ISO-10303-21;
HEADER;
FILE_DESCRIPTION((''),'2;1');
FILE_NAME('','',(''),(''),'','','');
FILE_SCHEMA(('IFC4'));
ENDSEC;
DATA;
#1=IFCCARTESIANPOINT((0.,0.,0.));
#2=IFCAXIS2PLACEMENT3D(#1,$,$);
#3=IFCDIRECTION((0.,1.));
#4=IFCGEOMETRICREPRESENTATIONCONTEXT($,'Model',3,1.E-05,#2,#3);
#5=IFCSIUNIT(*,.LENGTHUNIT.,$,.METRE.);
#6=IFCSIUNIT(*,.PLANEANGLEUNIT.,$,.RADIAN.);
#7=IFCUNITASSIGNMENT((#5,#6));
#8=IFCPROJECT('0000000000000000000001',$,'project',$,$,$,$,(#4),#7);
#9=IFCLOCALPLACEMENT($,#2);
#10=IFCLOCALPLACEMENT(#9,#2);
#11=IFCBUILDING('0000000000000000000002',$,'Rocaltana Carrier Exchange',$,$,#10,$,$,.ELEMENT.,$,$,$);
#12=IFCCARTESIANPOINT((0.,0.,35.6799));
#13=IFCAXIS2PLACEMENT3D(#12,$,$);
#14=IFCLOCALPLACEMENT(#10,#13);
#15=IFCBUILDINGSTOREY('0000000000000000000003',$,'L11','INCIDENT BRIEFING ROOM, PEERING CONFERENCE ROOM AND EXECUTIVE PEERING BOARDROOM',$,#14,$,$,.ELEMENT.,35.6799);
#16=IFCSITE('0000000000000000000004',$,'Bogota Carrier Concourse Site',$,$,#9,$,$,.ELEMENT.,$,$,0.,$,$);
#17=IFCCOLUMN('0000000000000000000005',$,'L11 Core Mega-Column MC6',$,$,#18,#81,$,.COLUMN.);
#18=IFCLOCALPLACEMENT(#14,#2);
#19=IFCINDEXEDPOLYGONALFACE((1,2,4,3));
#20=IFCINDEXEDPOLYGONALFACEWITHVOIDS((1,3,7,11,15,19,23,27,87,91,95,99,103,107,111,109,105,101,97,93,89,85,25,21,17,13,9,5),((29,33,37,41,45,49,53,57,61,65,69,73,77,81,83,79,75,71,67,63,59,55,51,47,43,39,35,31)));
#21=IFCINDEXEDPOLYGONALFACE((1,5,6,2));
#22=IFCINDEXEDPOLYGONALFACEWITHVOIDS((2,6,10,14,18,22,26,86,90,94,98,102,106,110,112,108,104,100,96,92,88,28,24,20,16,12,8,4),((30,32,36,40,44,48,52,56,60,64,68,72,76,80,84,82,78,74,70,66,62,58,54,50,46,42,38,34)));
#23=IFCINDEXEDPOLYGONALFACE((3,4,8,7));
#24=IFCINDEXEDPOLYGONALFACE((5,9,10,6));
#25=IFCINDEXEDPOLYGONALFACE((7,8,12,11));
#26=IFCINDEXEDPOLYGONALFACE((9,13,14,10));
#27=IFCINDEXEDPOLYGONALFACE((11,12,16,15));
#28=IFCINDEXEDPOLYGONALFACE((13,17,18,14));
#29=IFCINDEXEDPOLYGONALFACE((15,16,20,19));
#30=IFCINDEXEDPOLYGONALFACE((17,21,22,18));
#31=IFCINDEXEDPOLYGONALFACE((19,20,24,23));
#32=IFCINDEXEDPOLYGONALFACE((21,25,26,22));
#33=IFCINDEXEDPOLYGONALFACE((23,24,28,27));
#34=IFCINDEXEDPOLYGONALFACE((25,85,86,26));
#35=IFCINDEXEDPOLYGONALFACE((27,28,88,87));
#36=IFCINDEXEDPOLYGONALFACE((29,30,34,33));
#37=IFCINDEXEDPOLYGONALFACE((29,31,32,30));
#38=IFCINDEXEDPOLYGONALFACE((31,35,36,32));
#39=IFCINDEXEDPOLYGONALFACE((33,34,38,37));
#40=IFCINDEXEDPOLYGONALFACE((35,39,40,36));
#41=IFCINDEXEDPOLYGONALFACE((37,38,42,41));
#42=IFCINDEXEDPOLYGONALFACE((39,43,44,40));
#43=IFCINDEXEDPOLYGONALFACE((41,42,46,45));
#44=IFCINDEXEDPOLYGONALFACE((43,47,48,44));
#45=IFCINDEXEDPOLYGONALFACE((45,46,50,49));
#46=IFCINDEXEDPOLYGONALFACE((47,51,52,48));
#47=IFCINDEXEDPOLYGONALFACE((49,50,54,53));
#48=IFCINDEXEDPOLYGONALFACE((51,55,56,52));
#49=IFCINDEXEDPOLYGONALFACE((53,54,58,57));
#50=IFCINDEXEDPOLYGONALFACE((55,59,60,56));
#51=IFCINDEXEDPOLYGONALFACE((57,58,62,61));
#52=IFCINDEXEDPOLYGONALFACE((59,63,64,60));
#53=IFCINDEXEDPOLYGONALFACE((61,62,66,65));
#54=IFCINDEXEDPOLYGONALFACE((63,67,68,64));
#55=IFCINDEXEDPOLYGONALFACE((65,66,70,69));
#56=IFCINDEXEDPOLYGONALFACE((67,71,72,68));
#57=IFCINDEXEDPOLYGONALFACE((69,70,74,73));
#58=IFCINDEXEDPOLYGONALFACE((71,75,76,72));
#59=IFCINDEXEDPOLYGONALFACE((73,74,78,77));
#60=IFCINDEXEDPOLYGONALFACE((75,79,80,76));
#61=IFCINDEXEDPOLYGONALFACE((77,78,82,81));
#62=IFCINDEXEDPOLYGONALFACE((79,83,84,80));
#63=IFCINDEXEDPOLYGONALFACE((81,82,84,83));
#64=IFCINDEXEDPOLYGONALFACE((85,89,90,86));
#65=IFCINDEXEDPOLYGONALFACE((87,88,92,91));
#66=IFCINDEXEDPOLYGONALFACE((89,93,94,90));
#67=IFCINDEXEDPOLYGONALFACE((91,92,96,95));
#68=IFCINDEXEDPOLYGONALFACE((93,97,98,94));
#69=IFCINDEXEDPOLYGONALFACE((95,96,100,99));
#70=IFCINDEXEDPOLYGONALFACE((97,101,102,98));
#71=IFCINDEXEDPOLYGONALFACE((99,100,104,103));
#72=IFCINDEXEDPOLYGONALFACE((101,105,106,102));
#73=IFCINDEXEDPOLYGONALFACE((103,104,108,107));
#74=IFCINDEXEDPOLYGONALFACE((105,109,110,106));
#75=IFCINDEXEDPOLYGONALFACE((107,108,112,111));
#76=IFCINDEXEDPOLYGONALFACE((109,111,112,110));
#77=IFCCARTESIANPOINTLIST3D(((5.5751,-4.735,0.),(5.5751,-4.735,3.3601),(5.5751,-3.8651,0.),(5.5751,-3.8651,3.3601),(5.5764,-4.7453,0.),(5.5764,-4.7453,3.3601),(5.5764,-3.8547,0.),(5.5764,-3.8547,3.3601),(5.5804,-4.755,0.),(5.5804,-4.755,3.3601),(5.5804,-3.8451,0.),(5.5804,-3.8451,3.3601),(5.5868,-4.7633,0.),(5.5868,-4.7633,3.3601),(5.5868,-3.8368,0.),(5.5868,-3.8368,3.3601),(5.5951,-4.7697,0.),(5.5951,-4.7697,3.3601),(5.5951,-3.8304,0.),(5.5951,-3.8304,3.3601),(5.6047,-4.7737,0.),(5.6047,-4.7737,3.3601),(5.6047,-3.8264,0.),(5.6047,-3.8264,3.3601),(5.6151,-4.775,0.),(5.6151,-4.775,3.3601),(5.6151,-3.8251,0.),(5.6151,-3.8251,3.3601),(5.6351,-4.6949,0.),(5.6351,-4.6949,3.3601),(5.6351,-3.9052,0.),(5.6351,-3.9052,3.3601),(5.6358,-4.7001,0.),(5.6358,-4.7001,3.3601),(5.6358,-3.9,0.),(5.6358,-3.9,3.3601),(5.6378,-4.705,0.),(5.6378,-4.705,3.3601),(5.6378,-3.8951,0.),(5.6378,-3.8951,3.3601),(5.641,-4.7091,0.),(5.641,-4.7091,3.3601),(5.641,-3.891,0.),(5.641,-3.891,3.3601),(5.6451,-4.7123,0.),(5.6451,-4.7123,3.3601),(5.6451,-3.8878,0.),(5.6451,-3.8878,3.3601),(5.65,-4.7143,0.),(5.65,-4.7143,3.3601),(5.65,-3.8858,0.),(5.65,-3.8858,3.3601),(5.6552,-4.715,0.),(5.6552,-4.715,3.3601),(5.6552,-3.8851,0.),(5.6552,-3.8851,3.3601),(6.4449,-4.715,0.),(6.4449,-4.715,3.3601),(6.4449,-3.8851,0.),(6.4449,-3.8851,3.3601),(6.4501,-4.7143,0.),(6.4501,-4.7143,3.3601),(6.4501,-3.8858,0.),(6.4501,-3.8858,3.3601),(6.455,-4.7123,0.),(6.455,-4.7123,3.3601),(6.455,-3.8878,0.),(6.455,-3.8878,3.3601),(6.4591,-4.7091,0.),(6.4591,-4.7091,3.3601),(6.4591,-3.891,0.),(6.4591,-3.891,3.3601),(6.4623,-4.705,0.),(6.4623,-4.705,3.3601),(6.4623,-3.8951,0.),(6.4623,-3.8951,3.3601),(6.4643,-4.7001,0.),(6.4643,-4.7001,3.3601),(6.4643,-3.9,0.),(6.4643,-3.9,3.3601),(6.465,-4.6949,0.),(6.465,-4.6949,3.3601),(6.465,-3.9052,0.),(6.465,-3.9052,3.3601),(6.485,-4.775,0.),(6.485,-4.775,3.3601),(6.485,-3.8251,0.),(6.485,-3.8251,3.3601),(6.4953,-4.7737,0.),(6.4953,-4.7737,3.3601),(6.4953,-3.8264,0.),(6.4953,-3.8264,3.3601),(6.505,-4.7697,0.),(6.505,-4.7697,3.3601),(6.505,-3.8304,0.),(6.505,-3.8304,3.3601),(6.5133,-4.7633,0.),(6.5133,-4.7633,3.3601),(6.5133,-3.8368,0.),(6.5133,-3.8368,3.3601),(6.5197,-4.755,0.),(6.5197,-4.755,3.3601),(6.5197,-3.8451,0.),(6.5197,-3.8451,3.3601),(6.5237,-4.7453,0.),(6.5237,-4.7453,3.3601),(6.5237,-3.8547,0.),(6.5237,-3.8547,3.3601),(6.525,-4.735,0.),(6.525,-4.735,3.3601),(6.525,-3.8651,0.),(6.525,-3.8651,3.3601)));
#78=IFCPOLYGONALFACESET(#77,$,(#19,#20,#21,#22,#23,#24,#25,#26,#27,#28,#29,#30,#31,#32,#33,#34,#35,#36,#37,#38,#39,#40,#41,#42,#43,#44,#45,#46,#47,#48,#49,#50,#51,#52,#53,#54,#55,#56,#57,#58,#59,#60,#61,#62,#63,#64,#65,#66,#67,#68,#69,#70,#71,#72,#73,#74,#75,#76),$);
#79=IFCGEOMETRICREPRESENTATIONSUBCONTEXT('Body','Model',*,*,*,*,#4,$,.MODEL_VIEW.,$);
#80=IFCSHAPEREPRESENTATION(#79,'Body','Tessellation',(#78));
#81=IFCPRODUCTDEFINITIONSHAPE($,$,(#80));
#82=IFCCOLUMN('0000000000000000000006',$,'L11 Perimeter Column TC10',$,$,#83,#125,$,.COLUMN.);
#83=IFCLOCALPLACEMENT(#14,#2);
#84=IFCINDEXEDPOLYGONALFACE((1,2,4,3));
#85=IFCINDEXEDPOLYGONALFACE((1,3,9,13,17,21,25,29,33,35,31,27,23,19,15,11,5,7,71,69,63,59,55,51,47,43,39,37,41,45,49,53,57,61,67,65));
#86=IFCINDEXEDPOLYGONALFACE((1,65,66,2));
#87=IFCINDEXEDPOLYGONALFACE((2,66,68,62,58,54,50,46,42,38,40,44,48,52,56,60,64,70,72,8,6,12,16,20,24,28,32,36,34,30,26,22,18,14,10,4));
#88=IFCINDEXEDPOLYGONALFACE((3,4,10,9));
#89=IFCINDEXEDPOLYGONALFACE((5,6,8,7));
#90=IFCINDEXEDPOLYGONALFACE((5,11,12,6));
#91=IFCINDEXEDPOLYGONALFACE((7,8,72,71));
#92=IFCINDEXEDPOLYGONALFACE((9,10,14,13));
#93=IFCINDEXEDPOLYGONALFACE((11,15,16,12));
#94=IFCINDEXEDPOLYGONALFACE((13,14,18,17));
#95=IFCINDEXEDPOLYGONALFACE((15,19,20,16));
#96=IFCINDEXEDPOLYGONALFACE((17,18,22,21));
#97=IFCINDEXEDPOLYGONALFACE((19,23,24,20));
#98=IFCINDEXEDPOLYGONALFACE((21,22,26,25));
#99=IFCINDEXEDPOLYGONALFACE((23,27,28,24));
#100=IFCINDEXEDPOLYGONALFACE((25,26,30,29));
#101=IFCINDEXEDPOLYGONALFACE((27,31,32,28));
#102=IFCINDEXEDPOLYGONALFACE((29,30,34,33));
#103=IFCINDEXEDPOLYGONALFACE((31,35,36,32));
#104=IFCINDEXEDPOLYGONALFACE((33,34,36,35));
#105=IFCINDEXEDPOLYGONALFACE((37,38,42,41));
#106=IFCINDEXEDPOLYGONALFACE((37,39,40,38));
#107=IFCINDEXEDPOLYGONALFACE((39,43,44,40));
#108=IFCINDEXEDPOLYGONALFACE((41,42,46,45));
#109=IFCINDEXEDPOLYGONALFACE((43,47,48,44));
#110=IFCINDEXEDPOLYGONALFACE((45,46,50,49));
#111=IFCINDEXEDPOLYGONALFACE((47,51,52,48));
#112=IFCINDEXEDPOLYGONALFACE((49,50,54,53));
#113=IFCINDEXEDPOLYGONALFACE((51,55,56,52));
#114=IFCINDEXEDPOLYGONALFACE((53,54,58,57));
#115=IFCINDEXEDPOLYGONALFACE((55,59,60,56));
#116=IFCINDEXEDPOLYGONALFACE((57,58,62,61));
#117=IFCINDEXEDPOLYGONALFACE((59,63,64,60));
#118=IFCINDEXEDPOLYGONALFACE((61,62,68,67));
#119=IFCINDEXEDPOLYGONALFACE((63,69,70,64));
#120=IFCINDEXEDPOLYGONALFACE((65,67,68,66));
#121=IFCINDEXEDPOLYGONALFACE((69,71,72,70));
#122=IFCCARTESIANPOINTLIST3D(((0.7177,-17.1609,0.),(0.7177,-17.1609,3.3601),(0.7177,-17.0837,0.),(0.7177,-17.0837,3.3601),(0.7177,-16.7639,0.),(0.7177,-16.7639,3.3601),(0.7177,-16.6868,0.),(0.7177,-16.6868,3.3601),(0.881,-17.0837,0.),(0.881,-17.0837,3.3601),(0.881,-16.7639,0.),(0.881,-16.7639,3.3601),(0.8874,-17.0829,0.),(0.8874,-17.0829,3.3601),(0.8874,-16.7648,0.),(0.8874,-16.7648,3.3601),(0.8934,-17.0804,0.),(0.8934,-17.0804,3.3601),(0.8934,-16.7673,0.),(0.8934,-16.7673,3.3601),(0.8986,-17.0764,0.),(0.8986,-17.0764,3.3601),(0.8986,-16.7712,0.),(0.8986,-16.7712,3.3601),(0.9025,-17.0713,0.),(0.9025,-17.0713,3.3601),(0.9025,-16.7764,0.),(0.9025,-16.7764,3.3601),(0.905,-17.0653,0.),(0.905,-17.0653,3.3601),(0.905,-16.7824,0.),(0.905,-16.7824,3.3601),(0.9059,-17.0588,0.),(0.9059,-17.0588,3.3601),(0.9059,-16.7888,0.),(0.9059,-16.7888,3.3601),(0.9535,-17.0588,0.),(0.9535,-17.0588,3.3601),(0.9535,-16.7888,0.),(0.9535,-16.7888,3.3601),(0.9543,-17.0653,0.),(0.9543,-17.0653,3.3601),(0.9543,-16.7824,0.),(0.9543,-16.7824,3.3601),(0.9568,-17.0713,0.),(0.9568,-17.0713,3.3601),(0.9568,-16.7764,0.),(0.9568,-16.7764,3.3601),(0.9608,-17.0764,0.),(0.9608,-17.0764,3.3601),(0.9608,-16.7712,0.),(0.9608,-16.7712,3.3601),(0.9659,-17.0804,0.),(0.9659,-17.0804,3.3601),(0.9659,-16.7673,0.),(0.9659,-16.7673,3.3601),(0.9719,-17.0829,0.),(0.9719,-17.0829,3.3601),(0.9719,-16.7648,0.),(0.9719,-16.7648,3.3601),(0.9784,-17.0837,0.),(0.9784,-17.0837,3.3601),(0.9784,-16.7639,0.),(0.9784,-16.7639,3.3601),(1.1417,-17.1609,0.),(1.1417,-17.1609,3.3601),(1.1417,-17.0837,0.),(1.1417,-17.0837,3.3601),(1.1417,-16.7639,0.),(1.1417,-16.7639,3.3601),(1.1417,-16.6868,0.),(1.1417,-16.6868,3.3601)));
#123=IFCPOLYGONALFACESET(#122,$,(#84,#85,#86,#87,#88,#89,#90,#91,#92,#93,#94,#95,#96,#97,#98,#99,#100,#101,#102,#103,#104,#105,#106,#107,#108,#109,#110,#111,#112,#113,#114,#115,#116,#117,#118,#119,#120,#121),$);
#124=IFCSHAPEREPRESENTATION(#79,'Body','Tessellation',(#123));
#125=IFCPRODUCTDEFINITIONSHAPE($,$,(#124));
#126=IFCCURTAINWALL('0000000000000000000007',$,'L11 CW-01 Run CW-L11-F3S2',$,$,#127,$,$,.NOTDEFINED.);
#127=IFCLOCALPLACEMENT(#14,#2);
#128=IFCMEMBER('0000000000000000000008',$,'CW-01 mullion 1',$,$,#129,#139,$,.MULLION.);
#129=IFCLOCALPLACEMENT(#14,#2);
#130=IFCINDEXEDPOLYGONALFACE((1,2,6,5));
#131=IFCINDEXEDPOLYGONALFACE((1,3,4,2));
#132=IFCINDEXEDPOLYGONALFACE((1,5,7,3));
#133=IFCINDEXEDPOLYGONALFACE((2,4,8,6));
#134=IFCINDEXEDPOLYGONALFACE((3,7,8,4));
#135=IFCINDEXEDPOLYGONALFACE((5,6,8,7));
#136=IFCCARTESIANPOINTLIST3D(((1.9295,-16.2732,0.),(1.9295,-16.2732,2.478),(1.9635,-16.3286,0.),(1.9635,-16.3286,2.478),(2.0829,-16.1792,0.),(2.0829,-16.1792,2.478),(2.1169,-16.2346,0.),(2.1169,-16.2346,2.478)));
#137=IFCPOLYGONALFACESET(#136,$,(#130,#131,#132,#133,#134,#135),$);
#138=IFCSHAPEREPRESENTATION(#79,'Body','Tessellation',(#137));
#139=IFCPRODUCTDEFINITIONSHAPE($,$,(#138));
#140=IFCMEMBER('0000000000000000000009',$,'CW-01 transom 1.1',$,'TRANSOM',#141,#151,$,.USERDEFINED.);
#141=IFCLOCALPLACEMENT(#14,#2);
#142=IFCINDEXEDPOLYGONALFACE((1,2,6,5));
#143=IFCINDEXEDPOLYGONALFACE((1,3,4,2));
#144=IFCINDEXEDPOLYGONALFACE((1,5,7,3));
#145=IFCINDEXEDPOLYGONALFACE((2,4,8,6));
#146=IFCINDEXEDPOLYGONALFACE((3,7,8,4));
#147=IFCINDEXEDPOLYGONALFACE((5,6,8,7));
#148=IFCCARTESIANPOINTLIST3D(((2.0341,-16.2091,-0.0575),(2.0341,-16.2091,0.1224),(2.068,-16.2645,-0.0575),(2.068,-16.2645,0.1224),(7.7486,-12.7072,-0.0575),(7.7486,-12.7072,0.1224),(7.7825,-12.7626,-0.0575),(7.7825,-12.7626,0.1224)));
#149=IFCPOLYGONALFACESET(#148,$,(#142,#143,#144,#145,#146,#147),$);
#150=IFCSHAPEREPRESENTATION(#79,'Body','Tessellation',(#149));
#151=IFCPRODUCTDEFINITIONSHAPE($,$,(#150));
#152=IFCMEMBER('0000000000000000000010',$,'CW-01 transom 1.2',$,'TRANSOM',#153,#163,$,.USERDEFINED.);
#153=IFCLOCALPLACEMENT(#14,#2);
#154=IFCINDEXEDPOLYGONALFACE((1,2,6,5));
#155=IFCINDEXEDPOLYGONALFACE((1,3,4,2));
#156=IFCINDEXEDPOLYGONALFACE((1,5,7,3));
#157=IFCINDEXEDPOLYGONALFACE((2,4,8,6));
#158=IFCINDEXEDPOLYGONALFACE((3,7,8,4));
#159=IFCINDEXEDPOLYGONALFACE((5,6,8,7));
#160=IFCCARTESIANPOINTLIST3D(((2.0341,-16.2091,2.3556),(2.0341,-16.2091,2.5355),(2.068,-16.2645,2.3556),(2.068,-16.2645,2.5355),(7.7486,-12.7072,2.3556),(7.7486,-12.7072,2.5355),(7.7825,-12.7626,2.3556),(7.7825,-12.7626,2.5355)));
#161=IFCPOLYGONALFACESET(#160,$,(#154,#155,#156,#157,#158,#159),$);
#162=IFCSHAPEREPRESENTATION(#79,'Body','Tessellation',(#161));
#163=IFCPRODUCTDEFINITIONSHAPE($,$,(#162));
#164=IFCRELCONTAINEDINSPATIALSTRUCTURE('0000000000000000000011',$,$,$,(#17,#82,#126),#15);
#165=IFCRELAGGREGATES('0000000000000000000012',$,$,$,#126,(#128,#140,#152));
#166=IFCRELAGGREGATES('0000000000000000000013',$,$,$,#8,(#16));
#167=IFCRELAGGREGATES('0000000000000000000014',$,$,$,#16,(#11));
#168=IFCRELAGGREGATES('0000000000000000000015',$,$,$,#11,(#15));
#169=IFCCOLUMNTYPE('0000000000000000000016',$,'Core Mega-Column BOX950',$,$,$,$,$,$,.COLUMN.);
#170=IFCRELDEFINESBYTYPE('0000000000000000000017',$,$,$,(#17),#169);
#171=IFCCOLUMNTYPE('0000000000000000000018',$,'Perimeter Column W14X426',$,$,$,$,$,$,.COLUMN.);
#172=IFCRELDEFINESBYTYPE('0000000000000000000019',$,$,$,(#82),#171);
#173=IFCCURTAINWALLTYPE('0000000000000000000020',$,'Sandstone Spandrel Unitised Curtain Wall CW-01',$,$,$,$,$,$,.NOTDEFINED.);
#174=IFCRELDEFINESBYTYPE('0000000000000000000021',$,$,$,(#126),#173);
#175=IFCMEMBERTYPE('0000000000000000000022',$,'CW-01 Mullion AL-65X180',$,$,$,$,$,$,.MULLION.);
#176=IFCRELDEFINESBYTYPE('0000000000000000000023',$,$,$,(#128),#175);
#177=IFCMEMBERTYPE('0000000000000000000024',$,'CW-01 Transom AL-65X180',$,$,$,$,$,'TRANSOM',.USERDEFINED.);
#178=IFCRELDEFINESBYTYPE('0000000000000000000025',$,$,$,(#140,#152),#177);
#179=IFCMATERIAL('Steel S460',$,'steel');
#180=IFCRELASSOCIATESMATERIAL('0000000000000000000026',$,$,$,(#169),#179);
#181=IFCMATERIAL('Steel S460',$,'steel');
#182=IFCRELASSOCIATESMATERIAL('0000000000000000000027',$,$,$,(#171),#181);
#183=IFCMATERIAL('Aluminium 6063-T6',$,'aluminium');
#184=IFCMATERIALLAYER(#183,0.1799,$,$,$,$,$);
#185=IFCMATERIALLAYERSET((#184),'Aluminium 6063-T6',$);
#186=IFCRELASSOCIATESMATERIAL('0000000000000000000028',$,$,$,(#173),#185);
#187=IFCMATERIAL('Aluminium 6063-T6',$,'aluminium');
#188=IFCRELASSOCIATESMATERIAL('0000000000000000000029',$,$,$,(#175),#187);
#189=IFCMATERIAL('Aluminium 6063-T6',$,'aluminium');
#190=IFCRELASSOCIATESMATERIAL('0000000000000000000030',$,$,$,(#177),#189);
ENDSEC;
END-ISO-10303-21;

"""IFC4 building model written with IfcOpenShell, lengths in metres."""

from ifc_helpers import new_model, si_unit, direction, frame, origin, origin_2d, place, context, subcontext, project, spatial, rectangle, hollow_rectangle, i_section, extrude, material, layer, layer_set, material_profile, profile_set, type_object, element, aggregate, save


model = new_model("IFC4")

# Units and contexts
model_context = context("Model", 3, precision=1e-05, world=origin(), true_north=direction((0.0, 1.0)))
body_context = subcontext(model_context, "Body", "Model", "MODEL_VIEW")
ifc_project = project(units=[si_unit("LENGTHUNIT", "METRE"), si_unit("PLANEANGLEUNIT", "RADIAN")], contexts=[model_context])

# Site, building, storey
site_placement = place(None, origin())
site = spatial("IfcSite", under=ifc_project, at=site_placement, Name="Bogota Carrier Concourse Site", CompositionType="ELEMENT", RefElevation=0.0)
building_placement = place(site_placement, origin())
building = spatial("IfcBuilding", under=site, at=building_placement, Name="Rocaltana Carrier Exchange", CompositionType="ELEMENT")
storey_placement = place(building_placement, frame((0.0, 0.0, 35.6799)))
storey = spatial("IfcBuildingStorey", under=building, at=storey_placement, Name="L11", Description="INCIDENT BRIEFING ROOM, PEERING CONFERENCE ROOM AND EXECUTIVE PEERING BOARDROOM", CompositionType="ELEMENT", Elevation=35.6799)

# Columns
ifc_material_1 = material(Name="Steel S460", Category="steel")
ifc_material_profile_1 = material_profile(ifc_material_1, hollow_rectangle(XDim=0.95, YDim=0.95, WallThickness=0.0601, InnerFilletRadius=0.02, OuterFilletRadius=0.04, at=origin_2d()), Name="BOX950X950X60")
ifc_profile_set_1 = profile_set([ifc_material_profile_1], Name="Steel S460")
column_type_1 = type_object("IfcColumnType", Name="Core Mega-Column BOX950", PredefinedType="COLUMN", material=ifc_profile_set_1)
column_1_placement = place(storey_placement, frame((6.05, -4.3, 0.0), z_axis=(0.0, 0.0, 1.0), x_axis=(1.0, 0.0, 0.0)))
element("IfcColumn", 1, at=column_1_placement, inside=storey, type_object=column_type_1, Name="L11 Core Mega-Column MC6", PredefinedType="COLUMN", context=body_context, shape_type="SweptSolid", body=[
    extrude(hollow_rectangle(XDim=0.95, YDim=0.95, WallThickness=0.0601, InnerFilletRadius=0.02, OuterFilletRadius=0.04, at=origin_2d()), origin(), (0.0, 0.0, 1.0), 3.3601),
])
ifc_material_2 = material(Name="Steel S460", Category="steel")
ifc_material_profile_2 = material_profile(ifc_material_2, i_section(OverallWidth=0.4241, OverallDepth=0.4741, WebThickness=0.0476, FlangeThickness=0.0771, FilletRadius=0.0249, at=origin_2d()), Name="W14X426")
ifc_profile_set_2 = profile_set([ifc_material_profile_2], Name="Steel S460")
column_type_2 = type_object("IfcColumnType", Name="Perimeter Column W14X426", PredefinedType="COLUMN", material=ifc_profile_set_2)
column_2_placement = place(storey_placement, frame((0.9297, -16.9238, 0.0), z_axis=(0.0, 0.0, 1.0), x_axis=(1.0, 0.0, 0.0)))
element("IfcColumn", 2, at=column_2_placement, inside=storey, type_object=column_type_2, Name="L11 Perimeter Column TC10", PredefinedType="COLUMN", context=body_context, shape_type="SweptSolid", body=[
    extrude(i_section(OverallWidth=0.4241, OverallDepth=0.4741, WebThickness=0.0476, FlangeThickness=0.0771, FilletRadius=0.0249, at=origin_2d()), origin(), (0.0, 0.0, 1.0), 3.3601),
])

# Curtain wall, members
ifc_material_3 = material(Name="Aluminium 6063-T6", Category="aluminium")
ifc_layer_1 = layer(ifc_material_3, 0.1799)
ifc_layer_set_1 = layer_set([ifc_layer_1], Name="Aluminium 6063-T6")
curtain_wall_type = type_object("IfcCurtainWallType", Name="Sandstone Spandrel Unitised Curtain Wall CW-01", PredefinedType="NOTDEFINED", material=ifc_layer_set_1)
curtain_wall_placement = place(storey_placement, origin())
curtain_wall = element("IfcCurtainWall", 3, at=curtain_wall_placement, inside=storey, type_object=curtain_wall_type, Name="L11 CW-01 Run CW-L11-F3S2", PredefinedType="NOTDEFINED")
ifc_material_4 = material(Name="Aluminium 6063-T6", Category="aluminium")
ifc_material_profile_3 = material_profile(ifc_material_4, rectangle(XDim=0.0649, YDim=0.1799, at=origin_2d()), Name="AL-65X180")
ifc_profile_set_3 = profile_set([ifc_material_profile_3], Name="Aluminium 6063-T6")
member_type_1 = type_object("IfcMemberType", Name="CW-01 Mullion AL-65X180", PredefinedType="MULLION", material=ifc_profile_set_3)
member_1_placement = place(storey_placement, frame((2.0232, -16.2539, 0.0), z_axis=(0.0, 0.0, 1.0), x_axis=(-0.5225, 0.852639, 0.0)))
member_1 = element("IfcMember", 4, at=member_1_placement, type_object=member_type_1, Name="CW-01 mullion 1", PredefinedType="MULLION", context=body_context, shape_type="SweptSolid", body=[
    extrude(rectangle(XDim=0.0649, YDim=0.1799, at=origin_2d()), origin(), (0.0, 0.0, 1.0), 2.478),
])
ifc_material_5 = material(Name="Aluminium 6063-T6", Category="aluminium")
ifc_material_profile_4 = material_profile(ifc_material_5, rectangle(XDim=0.0649, YDim=0.1799, at=origin_2d()), Name="AL-65X180")
ifc_profile_set_4 = profile_set([ifc_material_profile_4], Name="Aluminium 6063-T6")
member_type_2 = type_object("IfcMemberType", Name="CW-01 Transom AL-65X180", ElementType="TRANSOM", PredefinedType="USERDEFINED", material=ifc_profile_set_4)
member_2_placement = place(storey_placement, frame((2.051, -16.2368, 0.0325), z_axis=(0.852637, 0.522503, 0.0), x_axis=(-0.522503, 0.852637, 0.0)))
member_2 = element("IfcMember", 5, at=member_2_placement, type_object=member_type_2, Name="CW-01 transom 1.1", ObjectType="TRANSOM", PredefinedType="USERDEFINED", context=body_context, shape_type="SweptSolid", body=[
    extrude(rectangle(XDim=0.0649, YDim=0.1799, at=origin_2d()), origin(), (0.0, 0.0, 1.0), 6.7021),
])
member_3_placement = place(storey_placement, frame((2.051, -16.2368, 2.4456), z_axis=(0.852637, 0.522503, 0.0), x_axis=(-0.522503, 0.852637, 0.0)))
member_3 = element("IfcMember", 6, at=member_3_placement, type_object=member_type_2, Name="CW-01 transom 1.2", ObjectType="TRANSOM", PredefinedType="USERDEFINED", context=body_context, shape_type="SweptSolid", body=[
    extrude(rectangle(XDim=0.0649, YDim=0.1799, at=origin_2d()), origin(), (0.0, 0.0, 1.0), 6.7021),
])

aggregate(curtain_wall, [member_1, member_2, member_3])

save(model, "model.ifc")
